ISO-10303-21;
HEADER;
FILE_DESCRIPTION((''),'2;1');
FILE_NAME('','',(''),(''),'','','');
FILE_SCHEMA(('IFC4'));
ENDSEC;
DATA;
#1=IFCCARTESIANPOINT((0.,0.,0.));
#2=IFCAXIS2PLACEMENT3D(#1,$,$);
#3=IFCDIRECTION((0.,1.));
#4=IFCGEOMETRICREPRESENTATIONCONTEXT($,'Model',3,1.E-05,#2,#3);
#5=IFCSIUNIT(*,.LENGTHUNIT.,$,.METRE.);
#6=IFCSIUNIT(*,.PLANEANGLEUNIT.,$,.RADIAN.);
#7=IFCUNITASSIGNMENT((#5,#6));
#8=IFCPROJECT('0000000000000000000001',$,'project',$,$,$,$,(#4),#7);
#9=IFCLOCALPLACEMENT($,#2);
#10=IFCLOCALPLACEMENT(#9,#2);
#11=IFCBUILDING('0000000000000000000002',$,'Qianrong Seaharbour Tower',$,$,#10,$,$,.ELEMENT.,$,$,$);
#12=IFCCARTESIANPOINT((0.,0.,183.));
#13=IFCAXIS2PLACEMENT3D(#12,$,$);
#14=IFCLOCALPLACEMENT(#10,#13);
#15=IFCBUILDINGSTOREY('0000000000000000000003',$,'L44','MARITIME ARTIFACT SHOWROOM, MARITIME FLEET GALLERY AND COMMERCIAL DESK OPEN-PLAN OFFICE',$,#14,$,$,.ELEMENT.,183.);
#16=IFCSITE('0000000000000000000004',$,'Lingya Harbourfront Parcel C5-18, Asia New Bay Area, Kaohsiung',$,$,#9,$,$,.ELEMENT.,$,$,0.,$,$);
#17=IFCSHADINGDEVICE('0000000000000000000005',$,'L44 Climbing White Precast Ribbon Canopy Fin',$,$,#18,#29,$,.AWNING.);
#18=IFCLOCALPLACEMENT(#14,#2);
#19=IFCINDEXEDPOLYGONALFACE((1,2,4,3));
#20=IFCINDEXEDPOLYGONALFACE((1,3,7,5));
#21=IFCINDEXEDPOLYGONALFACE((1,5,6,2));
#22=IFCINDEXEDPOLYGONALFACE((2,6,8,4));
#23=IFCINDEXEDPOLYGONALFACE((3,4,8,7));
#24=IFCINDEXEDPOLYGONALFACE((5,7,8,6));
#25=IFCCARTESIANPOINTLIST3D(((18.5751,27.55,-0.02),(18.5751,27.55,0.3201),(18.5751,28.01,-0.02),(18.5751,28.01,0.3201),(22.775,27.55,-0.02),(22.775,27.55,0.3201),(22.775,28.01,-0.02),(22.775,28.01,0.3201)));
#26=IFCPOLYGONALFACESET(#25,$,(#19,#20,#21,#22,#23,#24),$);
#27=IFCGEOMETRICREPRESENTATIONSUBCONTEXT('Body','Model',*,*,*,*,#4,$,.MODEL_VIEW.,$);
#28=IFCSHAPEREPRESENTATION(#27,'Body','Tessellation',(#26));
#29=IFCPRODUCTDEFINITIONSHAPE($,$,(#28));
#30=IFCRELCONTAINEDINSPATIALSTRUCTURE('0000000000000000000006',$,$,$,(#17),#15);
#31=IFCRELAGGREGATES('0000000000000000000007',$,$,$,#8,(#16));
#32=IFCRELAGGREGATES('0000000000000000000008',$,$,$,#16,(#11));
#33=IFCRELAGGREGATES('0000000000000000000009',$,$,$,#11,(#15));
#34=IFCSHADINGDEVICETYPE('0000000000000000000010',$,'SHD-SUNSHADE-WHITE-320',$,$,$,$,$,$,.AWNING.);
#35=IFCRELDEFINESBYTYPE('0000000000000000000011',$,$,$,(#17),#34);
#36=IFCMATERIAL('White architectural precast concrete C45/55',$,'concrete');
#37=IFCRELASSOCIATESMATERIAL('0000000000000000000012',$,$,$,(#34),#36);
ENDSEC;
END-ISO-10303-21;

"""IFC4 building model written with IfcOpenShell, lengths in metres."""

from ifc_helpers import new_model, si_unit, direction, frame, origin, origin_2d, place, context, subcontext, project, spatial, rectangle, extrude, material, type_object, element, save


model = new_model("IFC4")

# Units and contexts
model_context = context("Model", 3, precision=1e-05, world=origin(), true_north=direction((0.0, 1.0)))
body_context = subcontext(model_context, "Body", "Model", "MODEL_VIEW")
ifc_project = project(units=[si_unit("LENGTHUNIT", "METRE"), si_unit("PLANEANGLEUNIT", "RADIAN")], contexts=[model_context])

# Site, building, storey
site_placement = place(None, origin())
site = spatial("IfcSite", under=ifc_project, at=site_placement, Name="Lingya Harbourfront Parcel C5-18, Asia New Bay Area, Kaohsiung", CompositionType="ELEMENT", RefElevation=0.0)
building_placement = place(site_placement, origin())
building = spatial("IfcBuilding", under=site, at=building_placement, Name="Qianrong Seaharbour Tower", CompositionType="ELEMENT")
storey_placement = place(building_placement, frame((0.0, 0.0, 183.0)))
storey = spatial("IfcBuildingStorey", under=building, at=storey_placement, Name="L44", Description="MARITIME ARTIFACT SHOWROOM, MARITIME FLEET GALLERY AND COMMERCIAL DESK OPEN-PLAN OFFICE", CompositionType="ELEMENT", Elevation=183.0)

# Shading device
ifc_material_1 = material(Name="White architectural precast concrete C45/55", Category="concrete")
shading_device_type = type_object("IfcShadingDeviceType", Name="SHD-SUNSHADE-WHITE-320", PredefinedType="AWNING", material=ifc_material_1)
shading_device_placement = place(storey_placement, frame((20.675, 27.78, -0.02), z_axis=(0.0, 0.0, 1.0), x_axis=(1.0, 0.0, 0.0)))
element("IfcShadingDevice", 1, at=shading_device_placement, inside=storey, type_object=shading_device_type, Name="L44 Climbing White Precast Ribbon Canopy Fin", PredefinedType="AWNING", context=body_context, shape_type="SweptSolid", body=[
    extrude(rectangle(XDim=4.2, YDim=0.46, at=origin_2d()), origin(), (0.0, 0.0, 1.0), 0.3401),
])

save(model, "model.ifc")
